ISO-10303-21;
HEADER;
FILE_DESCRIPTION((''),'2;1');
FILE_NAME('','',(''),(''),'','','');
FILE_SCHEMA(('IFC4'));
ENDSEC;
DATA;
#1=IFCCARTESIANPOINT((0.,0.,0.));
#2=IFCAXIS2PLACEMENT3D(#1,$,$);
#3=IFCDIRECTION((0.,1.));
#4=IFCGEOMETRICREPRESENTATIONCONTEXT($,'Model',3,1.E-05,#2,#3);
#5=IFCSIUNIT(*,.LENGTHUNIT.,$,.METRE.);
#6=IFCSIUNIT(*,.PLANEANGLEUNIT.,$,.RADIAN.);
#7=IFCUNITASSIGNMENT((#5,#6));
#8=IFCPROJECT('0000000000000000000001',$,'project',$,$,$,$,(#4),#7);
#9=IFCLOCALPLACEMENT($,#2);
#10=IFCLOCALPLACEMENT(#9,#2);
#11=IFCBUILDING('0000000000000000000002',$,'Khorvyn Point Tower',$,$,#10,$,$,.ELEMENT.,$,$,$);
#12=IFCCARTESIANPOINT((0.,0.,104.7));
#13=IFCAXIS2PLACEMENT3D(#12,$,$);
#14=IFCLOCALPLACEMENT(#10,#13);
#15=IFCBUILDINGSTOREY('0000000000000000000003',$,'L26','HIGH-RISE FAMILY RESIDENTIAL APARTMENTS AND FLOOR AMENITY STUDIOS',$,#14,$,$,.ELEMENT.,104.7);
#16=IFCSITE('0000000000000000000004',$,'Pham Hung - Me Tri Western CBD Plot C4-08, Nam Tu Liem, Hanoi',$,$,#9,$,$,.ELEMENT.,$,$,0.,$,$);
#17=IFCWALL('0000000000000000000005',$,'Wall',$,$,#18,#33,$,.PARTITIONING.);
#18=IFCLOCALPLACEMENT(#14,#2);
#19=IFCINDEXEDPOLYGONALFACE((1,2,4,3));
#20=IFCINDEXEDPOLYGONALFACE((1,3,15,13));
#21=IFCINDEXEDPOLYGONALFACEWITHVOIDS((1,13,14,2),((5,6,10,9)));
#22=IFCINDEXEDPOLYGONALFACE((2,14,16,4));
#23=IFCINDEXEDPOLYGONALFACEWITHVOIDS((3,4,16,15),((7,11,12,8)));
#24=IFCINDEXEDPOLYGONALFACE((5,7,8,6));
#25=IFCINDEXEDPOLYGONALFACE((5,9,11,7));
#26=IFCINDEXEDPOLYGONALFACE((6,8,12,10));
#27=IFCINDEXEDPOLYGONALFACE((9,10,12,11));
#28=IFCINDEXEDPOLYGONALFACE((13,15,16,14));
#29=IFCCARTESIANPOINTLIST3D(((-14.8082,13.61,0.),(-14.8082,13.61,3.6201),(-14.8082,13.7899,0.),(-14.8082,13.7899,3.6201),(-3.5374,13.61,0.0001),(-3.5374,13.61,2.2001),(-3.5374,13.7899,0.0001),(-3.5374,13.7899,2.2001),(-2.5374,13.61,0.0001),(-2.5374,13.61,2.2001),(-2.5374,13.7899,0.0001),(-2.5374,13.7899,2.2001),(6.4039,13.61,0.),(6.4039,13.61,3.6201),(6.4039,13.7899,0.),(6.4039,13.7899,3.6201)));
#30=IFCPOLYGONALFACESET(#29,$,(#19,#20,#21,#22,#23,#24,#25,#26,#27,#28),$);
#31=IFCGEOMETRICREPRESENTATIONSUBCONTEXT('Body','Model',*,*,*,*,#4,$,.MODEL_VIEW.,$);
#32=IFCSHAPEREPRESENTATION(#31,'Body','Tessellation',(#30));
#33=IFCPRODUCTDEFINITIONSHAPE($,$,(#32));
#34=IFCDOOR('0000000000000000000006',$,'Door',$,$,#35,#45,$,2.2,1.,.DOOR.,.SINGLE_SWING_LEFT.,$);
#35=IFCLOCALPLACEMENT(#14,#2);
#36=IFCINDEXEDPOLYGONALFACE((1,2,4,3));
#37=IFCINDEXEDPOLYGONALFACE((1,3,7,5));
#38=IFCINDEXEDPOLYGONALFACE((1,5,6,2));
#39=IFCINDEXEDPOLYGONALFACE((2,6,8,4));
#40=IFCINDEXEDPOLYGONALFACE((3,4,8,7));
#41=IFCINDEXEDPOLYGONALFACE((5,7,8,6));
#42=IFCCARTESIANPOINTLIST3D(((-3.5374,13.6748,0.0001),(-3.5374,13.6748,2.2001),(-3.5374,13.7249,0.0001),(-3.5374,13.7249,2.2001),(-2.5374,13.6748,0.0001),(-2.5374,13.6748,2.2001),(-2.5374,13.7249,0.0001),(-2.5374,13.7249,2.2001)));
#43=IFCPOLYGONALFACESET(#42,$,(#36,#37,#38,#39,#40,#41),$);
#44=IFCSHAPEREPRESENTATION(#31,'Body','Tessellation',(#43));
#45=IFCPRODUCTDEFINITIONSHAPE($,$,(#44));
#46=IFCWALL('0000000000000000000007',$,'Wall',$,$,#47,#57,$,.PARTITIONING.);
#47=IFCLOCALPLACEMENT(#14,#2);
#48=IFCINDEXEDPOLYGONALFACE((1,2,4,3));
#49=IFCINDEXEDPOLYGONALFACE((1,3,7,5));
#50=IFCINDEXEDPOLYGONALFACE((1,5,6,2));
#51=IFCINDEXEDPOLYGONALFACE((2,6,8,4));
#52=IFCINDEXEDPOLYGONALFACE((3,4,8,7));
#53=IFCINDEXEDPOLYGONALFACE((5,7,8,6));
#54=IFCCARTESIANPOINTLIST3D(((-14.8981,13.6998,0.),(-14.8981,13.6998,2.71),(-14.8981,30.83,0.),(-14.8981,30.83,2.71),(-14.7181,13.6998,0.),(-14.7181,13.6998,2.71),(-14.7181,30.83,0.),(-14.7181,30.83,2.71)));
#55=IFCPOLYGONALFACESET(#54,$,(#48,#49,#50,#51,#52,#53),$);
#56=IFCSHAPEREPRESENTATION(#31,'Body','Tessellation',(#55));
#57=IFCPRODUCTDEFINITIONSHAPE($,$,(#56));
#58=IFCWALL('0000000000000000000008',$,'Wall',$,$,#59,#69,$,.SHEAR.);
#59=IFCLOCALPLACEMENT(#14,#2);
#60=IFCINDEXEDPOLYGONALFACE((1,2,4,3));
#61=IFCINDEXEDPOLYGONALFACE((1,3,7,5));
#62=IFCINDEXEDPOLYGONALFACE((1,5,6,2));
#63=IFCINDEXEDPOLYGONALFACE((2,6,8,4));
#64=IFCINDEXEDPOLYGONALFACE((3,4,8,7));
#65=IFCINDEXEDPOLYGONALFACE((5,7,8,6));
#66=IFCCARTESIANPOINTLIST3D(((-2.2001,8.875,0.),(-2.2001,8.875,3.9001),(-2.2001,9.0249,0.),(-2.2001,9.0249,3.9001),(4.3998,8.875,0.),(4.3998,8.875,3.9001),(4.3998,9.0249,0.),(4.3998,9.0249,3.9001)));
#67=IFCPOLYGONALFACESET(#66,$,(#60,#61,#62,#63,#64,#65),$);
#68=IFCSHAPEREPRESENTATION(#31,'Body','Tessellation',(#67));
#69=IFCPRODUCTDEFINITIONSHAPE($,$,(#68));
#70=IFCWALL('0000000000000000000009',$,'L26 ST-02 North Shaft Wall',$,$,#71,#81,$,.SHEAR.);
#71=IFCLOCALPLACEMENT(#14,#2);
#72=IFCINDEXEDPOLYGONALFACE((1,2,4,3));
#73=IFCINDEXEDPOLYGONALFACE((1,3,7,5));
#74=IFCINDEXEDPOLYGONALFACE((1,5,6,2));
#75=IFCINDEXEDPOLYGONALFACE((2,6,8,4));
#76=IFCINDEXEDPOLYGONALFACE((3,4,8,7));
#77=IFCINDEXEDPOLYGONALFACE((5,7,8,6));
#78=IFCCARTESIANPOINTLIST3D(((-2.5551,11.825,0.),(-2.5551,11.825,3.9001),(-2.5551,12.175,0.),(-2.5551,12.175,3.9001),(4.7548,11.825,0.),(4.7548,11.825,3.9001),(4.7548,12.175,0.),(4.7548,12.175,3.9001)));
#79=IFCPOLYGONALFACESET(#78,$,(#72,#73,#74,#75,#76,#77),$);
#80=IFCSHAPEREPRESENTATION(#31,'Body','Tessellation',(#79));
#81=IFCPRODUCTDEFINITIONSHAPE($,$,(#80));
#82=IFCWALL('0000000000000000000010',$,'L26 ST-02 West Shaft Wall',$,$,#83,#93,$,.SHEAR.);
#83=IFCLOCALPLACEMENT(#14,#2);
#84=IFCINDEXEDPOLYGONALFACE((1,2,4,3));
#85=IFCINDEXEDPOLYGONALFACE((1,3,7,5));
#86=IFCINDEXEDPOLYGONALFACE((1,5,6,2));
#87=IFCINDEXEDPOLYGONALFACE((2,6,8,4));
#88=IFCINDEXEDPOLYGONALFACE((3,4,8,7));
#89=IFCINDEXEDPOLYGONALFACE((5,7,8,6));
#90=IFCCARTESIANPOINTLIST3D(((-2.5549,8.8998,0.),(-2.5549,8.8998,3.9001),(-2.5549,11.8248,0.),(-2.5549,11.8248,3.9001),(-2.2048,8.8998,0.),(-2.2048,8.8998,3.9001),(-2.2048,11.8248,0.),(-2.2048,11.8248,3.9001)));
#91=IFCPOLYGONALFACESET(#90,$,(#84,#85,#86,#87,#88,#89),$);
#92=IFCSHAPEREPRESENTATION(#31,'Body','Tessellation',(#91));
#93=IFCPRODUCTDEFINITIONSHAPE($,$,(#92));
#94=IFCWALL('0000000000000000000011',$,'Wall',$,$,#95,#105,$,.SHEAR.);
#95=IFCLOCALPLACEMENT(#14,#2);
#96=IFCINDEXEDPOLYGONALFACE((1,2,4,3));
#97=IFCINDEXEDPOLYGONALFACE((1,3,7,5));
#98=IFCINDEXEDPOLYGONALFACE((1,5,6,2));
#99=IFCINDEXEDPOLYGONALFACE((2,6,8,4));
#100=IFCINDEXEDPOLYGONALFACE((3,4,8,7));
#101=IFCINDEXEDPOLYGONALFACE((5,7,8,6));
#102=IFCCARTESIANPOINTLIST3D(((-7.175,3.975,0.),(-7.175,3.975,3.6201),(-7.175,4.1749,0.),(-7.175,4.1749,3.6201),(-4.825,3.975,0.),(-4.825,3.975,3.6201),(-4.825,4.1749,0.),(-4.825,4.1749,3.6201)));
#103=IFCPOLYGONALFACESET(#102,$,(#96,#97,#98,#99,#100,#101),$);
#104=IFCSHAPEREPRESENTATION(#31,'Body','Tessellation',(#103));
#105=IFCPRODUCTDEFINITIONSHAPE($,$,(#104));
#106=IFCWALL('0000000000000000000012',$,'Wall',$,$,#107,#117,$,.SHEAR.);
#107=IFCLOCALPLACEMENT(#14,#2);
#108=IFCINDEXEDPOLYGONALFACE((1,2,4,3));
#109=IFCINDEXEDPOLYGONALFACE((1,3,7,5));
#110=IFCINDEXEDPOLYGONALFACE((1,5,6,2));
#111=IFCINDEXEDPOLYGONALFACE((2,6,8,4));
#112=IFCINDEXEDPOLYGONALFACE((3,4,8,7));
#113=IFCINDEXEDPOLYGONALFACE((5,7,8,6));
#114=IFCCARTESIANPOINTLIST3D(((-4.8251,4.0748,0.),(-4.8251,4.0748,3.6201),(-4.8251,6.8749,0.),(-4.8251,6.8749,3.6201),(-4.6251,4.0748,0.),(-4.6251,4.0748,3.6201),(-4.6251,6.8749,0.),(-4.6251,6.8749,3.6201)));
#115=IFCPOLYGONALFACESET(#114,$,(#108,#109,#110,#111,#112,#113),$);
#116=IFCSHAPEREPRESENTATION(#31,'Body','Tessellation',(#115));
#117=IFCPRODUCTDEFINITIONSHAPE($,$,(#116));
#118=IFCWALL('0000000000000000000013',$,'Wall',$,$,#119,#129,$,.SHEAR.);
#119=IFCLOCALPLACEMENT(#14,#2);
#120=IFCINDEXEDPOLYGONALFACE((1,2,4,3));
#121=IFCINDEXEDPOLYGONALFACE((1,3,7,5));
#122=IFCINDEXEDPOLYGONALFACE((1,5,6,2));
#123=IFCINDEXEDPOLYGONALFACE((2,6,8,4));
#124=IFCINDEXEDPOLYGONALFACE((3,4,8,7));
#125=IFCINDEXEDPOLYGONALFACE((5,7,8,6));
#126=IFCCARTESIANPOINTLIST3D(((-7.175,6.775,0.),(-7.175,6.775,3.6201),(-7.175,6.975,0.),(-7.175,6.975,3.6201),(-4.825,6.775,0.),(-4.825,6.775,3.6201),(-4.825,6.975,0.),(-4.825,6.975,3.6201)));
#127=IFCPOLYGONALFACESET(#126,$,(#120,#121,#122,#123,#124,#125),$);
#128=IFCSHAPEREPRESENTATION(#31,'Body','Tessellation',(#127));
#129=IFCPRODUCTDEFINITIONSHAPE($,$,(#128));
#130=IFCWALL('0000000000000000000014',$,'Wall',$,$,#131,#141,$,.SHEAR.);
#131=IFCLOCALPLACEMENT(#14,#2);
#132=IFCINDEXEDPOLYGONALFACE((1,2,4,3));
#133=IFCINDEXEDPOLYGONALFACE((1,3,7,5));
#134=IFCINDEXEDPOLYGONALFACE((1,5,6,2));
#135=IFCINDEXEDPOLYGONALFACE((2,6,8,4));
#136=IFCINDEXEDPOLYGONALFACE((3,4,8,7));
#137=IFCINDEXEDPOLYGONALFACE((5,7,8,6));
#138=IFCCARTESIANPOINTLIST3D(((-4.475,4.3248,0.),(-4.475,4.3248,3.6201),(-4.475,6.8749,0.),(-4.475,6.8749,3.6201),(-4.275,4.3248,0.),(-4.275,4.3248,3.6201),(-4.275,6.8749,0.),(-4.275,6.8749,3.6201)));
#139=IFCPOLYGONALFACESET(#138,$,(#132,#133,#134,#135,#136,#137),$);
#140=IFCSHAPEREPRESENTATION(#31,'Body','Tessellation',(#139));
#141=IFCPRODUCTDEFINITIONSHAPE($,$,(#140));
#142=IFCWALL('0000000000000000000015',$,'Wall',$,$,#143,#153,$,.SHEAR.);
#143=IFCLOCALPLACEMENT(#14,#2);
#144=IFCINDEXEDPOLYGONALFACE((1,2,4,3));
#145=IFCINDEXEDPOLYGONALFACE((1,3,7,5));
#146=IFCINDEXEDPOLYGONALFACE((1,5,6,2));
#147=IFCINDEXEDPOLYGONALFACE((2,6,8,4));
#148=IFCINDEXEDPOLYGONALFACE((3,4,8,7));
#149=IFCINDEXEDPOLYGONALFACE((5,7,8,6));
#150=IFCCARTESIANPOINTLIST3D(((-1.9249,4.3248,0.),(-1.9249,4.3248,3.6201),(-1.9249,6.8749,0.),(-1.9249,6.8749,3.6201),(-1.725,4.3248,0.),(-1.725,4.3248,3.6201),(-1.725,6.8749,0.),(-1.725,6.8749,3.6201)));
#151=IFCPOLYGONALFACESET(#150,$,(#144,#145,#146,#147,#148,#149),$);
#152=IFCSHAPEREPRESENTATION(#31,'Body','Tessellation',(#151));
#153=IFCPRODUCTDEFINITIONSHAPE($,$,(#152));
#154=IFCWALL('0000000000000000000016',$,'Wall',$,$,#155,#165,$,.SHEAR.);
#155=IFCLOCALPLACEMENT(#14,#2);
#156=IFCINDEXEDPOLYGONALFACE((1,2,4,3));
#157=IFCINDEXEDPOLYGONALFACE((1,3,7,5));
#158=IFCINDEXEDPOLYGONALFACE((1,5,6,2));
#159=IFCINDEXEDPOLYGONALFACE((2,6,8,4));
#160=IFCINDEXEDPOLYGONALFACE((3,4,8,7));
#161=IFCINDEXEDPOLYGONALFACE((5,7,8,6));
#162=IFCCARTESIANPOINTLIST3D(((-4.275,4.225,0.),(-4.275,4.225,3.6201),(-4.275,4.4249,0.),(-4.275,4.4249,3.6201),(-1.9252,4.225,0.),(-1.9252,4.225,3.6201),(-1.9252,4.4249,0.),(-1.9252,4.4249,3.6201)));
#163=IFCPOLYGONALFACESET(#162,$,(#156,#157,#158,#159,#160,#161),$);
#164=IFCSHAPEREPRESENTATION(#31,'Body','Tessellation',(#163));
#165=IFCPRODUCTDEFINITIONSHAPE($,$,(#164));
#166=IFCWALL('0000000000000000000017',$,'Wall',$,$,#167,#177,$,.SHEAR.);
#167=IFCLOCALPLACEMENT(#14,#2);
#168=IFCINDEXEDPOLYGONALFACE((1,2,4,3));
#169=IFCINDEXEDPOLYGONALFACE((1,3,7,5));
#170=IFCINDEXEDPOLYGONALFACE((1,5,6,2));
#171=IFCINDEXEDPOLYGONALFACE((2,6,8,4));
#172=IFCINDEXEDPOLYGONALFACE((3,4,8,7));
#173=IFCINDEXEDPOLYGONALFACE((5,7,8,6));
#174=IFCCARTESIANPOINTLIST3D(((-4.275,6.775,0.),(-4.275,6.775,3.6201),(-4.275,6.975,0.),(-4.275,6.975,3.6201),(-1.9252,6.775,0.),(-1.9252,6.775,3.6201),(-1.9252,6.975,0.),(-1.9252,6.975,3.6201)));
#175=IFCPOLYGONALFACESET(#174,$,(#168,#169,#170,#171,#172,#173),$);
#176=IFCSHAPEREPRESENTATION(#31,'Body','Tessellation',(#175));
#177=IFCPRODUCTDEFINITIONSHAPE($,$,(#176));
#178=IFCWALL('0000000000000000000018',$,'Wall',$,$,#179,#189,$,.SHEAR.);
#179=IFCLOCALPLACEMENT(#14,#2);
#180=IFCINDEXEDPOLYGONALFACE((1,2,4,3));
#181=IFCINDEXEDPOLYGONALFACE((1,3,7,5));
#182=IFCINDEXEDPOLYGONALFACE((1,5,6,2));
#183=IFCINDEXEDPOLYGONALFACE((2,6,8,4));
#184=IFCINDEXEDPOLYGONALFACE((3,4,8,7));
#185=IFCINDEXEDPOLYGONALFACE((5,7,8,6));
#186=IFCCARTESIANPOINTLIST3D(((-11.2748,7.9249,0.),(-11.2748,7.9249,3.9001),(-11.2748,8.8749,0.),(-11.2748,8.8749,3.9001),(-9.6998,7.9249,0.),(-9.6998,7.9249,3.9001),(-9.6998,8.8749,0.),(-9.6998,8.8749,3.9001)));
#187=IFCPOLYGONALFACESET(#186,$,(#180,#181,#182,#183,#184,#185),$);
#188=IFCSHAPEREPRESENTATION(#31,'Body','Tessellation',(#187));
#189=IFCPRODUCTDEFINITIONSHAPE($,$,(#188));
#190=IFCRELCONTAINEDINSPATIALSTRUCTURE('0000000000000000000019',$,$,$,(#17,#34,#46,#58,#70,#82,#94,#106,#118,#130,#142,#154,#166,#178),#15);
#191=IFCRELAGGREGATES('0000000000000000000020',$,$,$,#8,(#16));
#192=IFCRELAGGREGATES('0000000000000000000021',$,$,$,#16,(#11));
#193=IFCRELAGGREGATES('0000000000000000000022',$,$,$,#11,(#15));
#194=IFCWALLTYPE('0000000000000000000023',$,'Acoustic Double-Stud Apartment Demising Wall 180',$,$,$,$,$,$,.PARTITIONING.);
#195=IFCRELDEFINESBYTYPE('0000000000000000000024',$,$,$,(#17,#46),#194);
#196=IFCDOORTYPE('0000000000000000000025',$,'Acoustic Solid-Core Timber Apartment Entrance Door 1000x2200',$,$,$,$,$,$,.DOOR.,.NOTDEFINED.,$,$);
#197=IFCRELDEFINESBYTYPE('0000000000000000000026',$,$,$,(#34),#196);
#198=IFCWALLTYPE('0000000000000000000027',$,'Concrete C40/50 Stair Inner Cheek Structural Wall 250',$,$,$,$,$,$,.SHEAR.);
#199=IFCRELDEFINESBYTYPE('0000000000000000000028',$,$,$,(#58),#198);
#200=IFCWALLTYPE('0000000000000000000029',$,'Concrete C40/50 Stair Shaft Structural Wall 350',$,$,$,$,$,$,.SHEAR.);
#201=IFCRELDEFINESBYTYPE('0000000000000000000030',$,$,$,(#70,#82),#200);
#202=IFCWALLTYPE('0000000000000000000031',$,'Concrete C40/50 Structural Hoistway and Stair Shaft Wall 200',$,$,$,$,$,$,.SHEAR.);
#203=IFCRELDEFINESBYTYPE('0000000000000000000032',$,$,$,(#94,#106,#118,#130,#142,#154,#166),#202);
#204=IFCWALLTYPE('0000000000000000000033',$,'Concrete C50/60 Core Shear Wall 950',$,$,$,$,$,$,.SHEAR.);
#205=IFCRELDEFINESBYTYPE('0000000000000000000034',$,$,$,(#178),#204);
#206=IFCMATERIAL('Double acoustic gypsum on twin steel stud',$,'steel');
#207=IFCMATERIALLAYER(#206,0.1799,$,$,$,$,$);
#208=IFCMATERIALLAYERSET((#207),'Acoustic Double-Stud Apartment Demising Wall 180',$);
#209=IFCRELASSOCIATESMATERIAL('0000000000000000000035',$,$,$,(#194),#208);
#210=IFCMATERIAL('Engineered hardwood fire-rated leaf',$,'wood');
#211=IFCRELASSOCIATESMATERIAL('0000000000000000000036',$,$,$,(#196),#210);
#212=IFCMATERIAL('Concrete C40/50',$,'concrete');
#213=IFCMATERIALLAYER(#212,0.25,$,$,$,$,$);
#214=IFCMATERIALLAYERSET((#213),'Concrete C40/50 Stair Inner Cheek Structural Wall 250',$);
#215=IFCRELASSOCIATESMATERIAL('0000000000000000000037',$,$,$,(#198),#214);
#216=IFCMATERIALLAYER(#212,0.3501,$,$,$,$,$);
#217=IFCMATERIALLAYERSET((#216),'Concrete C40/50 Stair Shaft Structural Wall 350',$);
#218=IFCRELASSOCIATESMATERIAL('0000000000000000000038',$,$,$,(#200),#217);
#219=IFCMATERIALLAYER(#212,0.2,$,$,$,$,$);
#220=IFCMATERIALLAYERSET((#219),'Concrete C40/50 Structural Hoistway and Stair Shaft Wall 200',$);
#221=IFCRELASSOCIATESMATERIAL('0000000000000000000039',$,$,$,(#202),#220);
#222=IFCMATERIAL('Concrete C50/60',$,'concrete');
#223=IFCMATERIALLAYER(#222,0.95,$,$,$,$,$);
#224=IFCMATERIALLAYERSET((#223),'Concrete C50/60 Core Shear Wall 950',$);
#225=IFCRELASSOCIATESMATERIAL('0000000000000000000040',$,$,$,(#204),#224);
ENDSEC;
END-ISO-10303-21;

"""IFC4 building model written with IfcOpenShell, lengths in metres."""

from ifc_helpers import new_model, si_unit, direction, frame, frame_2d, origin, place, context, subcontext, project, spatial, rectangle, extrude, material, layer, layer_set, type_object, element, fill, save


model = new_model("IFC4")

# Units and contexts
model_context = context("Model", 3, precision=1e-05, world=origin(), true_north=direction((0.0, 1.0)))
body_context = subcontext(model_context, "Body", "Model", "MODEL_VIEW")
ifc_project = project(units=[si_unit("LENGTHUNIT", "METRE"), si_unit("PLANEANGLEUNIT", "RADIAN")], contexts=[model_context])

# Site, building, storey
site_placement = place(None, origin())
site = spatial("IfcSite", under=ifc_project, at=site_placement, Name="Pham Hung - Me Tri Western CBD Plot C4-08, Nam Tu Liem, Hanoi", CompositionType="ELEMENT", RefElevation=0.0)
building_placement = place(site_placement, origin())
building = spatial("IfcBuilding", under=site, at=building_placement, Name="Khorvyn Point Tower", CompositionType="ELEMENT")
storey_placement = place(building_placement, frame((0.0, 0.0, 104.7)))
storey = spatial("IfcBuildingStorey", under=building, at=storey_placement, Name="L26", Description="HIGH-RISE FAMILY RESIDENTIAL APARTMENTS AND FLOOR AMENITY STUDIOS", CompositionType="ELEMENT", Elevation=104.7)

# Shared definitions
ifc_material_1 = material(Name="Concrete C40/50", Category="concrete")
ifc_material_2 = material(Name="Concrete C50/60", Category="concrete")

# Wall, opening, door
ifc_material_3 = material(Name="Double acoustic gypsum on twin steel stud", Category="steel")
ifc_layer_1 = layer(ifc_material_3, 0.1799)
ifc_layer_set_1 = layer_set([ifc_layer_1], Name="Acoustic Double-Stud Apartment Demising Wall 180")
wall_type_1 = type_object("IfcWallType", Name="Acoustic Double-Stud Apartment Demising Wall 180", PredefinedType="PARTITIONING", material=ifc_layer_set_1)
wall_1_placement = place(storey_placement, frame((-14.8081, 13.7, 0.0), z_axis=(0.0, 0.0, 1.0), x_axis=(1.0, 0.0, 0.0)))
wall_1 = element("IfcWall", 1, at=wall_1_placement, inside=storey, type_object=wall_type_1, Name="Wall", PredefinedType="PARTITIONING", context=body_context, shape_type="SweptSolid", body=[
    extrude(rectangle(XDim=21.2122, YDim=0.1799, at=frame_2d((10.606, 0.0))), origin(), (0.0, 0.0, 1.0), 3.6201),
])
opening_1_placement = place(wall_1_placement, frame((11.2708, 0.0, 0.0)))
opening_1 = element("IfcOpeningElement", 2, at=opening_1_placement, cuts=wall_1, PredefinedType="OPENING", context=body_context, shape_type="SweptSolid", body=[
    extrude(rectangle(XDim=1.0, YDim=2.2, at=frame_2d((0.5, 1.1001))), frame((0.0, 0.0999, 0.0), z_axis=(0.0, -1.0, 0.0), x_axis=(1.0, 0.0, 0.0)), (0.0, 0.0, 1.0), 0.2),
])
ifc_material_4 = material(Name="Engineered hardwood fire-rated leaf", Category="wood")
door_type_1 = type_object("IfcDoorType", Name="Acoustic Solid-Core Timber Apartment Entrance Door 1000x2200", OperationType="NOTDEFINED", PredefinedType="DOOR", material=ifc_material_4)
door_1_placement = place(opening_1_placement, origin())
door_1 = element("IfcDoor", 3, at=door_1_placement, inside=storey, type_object=door_type_1, Name="Door", OperationType="SINGLE_SWING_LEFT", OverallHeight=2.2, OverallWidth=1.0, PredefinedType="DOOR", context=body_context, shape_type="SweptSolid", body=[
    extrude(rectangle(XDim=1.0, YDim=2.2, at=frame_2d((0.5, 1.1001))), frame((0.0, 0.0249, 0.0), z_axis=(0.0, -1.0, 0.0), x_axis=(1.0, 0.0, 0.0)), (0.0, 0.0, 1.0), 0.05),
])
fill(opening_1, door_1)

# Wall
wall_2_placement = place(storey_placement, frame((-14.8081, 13.7, 0.0), z_axis=(0.0, 0.0, 1.0), x_axis=(0.0, 1.0, 0.0)))
element("IfcWall", 4, at=wall_2_placement, inside=storey, type_object=wall_type_1, Name="Wall", PredefinedType="PARTITIONING", context=body_context, shape_type="SweptSolid", body=[
    extrude(rectangle(XDim=17.1301, YDim=0.1799, at=frame_2d((8.5649, 0.0))), origin(), (0.0, 0.0, 1.0), 2.71),
])

# Walls
ifc_layer_2 = layer(ifc_material_1, 0.25)
ifc_layer_set_2 = layer_set([ifc_layer_2], Name="Concrete C40/50 Stair Inner Cheek Structural Wall 250")
wall_type_2 = type_object("IfcWallType", Name="Concrete C40/50 Stair Inner Cheek Structural Wall 250", PredefinedType="SHEAR", material=ifc_layer_set_2)
wall_3_placement = place(storey_placement, frame((-2.2, 8.95, 0.0), z_axis=(0.0, 0.0, 1.0), x_axis=(1.0, 0.0, 0.0)))
element("IfcWall", 5, at=wall_3_placement, inside=storey, type_object=wall_type_2, Name="Wall", PredefinedType="SHEAR", context=body_context, shape_type="SweptSolid", body=[
    extrude(rectangle(XDim=6.5999, YDim=0.1499, at=frame_2d((3.2998, 0.0))), origin(), (0.0, 0.0, 1.0), 3.9001),
])
ifc_layer_3 = layer(ifc_material_1, 0.3501)
ifc_layer_set_3 = layer_set([ifc_layer_3], Name="Concrete C40/50 Stair Shaft Structural Wall 350")
wall_type_3 = type_object("IfcWallType", Name="Concrete C40/50 Stair Shaft Structural Wall 350", PredefinedType="SHEAR", material=ifc_layer_set_3)
wall_4_placement = place(storey_placement, frame((-2.5549, 12.0, 0.0), z_axis=(0.0, 0.0, 1.0), x_axis=(1.0, 0.0, 0.0)))
element("IfcWall", 6, at=wall_4_placement, inside=storey, type_object=wall_type_3, Name="L26 ST-02 North Shaft Wall", PredefinedType="SHEAR", context=body_context, shape_type="SweptSolid", body=[
    extrude(rectangle(XDim=7.3098, YDim=0.3501, at=frame_2d((3.6548, 0.0))), origin(), (0.0, 0.0, 1.0), 3.9001),
])
wall_5_placement = place(storey_placement, frame((-2.3799, 8.8999, 0.0), z_axis=(0.0, 0.0, 1.0), x_axis=(0.0, 1.0, 0.0)))
element("IfcWall", 7, at=wall_5_placement, inside=storey, type_object=wall_type_3, Name="L26 ST-02 West Shaft Wall", PredefinedType="SHEAR", context=body_context, shape_type="SweptSolid", body=[
    extrude(rectangle(XDim=2.925, YDim=0.3501, at=frame_2d((1.4624, 0.0))), origin(), (0.0, 0.0, 1.0), 3.9001),
])
ifc_layer_4 = layer(ifc_material_1, 0.2)
ifc_layer_set_4 = layer_set([ifc_layer_4], Name="Concrete C40/50 Structural Hoistway and Stair Shaft Wall 200")
wall_type_4 = type_object("IfcWallType", Name="Concrete C40/50 Structural Hoistway and Stair Shaft Wall 200", PredefinedType="SHEAR", material=ifc_layer_set_4)
wall_6_placement = place(storey_placement, frame((-7.175, 4.075, 0.0), z_axis=(0.0, 0.0, 1.0), x_axis=(1.0, 0.0, 0.0)))
element("IfcWall", 8, at=wall_6_placement, inside=storey, type_object=wall_type_4, Name="Wall", PredefinedType="SHEAR", context=body_context, shape_type="SweptSolid", body=[
    extrude(rectangle(XDim=2.3501, YDim=0.2, at=frame_2d((1.175, 0.0))), origin(), (0.0, 0.0, 1.0), 3.6201),
])
wall_7_placement = place(storey_placement, frame((-4.7251, 4.075, 0.0), z_axis=(0.0, 0.0, 1.0), x_axis=(0.0, 1.0, 0.0)))
element("IfcWall", 9, at=wall_7_placement, inside=storey, type_object=wall_type_4, Name="Wall", PredefinedType="SHEAR", context=body_context, shape_type="SweptSolid", body=[
    extrude(rectangle(XDim=2.8, YDim=0.2, at=frame_2d((1.3999, 0.0))), origin(), (0.0, 0.0, 1.0), 3.6201),
])
wall_8_placement = place(storey_placement, frame((-7.175, 6.875, 0.0), z_axis=(0.0, 0.0, 1.0), x_axis=(1.0, 0.0, 0.0)))
element("IfcWall", 10, at=wall_8_placement, inside=storey, type_object=wall_type_4, Name="Wall", PredefinedType="SHEAR", context=body_context, shape_type="SweptSolid", body=[
    extrude(rectangle(XDim=2.3501, YDim=0.2, at=frame_2d((1.175, 0.0))), origin(), (0.0, 0.0, 1.0), 3.6201),
])
for number, where, z_axis, x_axis, name in (
    (11, (-4.375, 4.325, 0.0), (0.0, 0.0, 1.0), (0.0, 1.0, 0.0), "Wall"),
    (12, (-1.825, 4.325, 0.0), (0.0, 0.0, 1.0), (0.0, 1.0, 0.0), "Wall"),
):
    element("IfcWall", number, at=place(storey_placement, frame(where, z_axis=z_axis, x_axis=x_axis)), inside=storey, type_object=wall_type_4, Name=name, PredefinedType="SHEAR", context=body_context, shape_type="SweptSolid", body=[
        extrude(rectangle(XDim=2.55, YDim=0.2, at=frame_2d((1.2749, 0.0))), origin(), (0.0, 0.0, 1.0), 3.6201),
    ])
for number, where, z_axis, x_axis, name in (
    (13, (-4.2749, 4.325, 0.0), (0.0, 0.0, 1.0), (1.0, 0.0, 0.0), "Wall"),
    (14, (-4.2749, 6.875, 0.0), (0.0, 0.0, 1.0), (1.0, 0.0, 0.0), "Wall"),
):
    element("IfcWall", number, at=place(storey_placement, frame(where, z_axis=z_axis, x_axis=x_axis)), inside=storey, type_object=wall_type_4, Name=name, PredefinedType="SHEAR", context=body_context, shape_type="SweptSolid", body=[
        extrude(rectangle(XDim=2.3499, YDim=0.2, at=frame_2d((1.1748, 0.0))), origin(), (0.0, 0.0, 1.0), 3.6201),
    ])
ifc_layer_5 = layer(ifc_material_2, 0.95)
ifc_layer_set_5 = layer_set([ifc_layer_5], Name="Concrete C50/60 Core Shear Wall 950")
wall_type_5 = type_object("IfcWallType", Name="Concrete C50/60 Core Shear Wall 950", PredefinedType="SHEAR", material=ifc_layer_set_5)
wall_9_placement = place(storey_placement, frame((-11.2749, 8.3999, 0.0), z_axis=(0.0, 0.0, 1.0), x_axis=(1.0, 0.0, 0.0)))
element("IfcWall", 15, at=wall_9_placement, inside=storey, type_object=wall_type_5, Name="Wall", PredefinedType="SHEAR", context=body_context, shape_type="SweptSolid", body=[
    extrude(rectangle(XDim=1.575, YDim=0.95, at=frame_2d((0.7876, 0.0))), origin(), (0.0, 0.0, 1.0), 3.9001),
])

save(model, "model.ifc")
